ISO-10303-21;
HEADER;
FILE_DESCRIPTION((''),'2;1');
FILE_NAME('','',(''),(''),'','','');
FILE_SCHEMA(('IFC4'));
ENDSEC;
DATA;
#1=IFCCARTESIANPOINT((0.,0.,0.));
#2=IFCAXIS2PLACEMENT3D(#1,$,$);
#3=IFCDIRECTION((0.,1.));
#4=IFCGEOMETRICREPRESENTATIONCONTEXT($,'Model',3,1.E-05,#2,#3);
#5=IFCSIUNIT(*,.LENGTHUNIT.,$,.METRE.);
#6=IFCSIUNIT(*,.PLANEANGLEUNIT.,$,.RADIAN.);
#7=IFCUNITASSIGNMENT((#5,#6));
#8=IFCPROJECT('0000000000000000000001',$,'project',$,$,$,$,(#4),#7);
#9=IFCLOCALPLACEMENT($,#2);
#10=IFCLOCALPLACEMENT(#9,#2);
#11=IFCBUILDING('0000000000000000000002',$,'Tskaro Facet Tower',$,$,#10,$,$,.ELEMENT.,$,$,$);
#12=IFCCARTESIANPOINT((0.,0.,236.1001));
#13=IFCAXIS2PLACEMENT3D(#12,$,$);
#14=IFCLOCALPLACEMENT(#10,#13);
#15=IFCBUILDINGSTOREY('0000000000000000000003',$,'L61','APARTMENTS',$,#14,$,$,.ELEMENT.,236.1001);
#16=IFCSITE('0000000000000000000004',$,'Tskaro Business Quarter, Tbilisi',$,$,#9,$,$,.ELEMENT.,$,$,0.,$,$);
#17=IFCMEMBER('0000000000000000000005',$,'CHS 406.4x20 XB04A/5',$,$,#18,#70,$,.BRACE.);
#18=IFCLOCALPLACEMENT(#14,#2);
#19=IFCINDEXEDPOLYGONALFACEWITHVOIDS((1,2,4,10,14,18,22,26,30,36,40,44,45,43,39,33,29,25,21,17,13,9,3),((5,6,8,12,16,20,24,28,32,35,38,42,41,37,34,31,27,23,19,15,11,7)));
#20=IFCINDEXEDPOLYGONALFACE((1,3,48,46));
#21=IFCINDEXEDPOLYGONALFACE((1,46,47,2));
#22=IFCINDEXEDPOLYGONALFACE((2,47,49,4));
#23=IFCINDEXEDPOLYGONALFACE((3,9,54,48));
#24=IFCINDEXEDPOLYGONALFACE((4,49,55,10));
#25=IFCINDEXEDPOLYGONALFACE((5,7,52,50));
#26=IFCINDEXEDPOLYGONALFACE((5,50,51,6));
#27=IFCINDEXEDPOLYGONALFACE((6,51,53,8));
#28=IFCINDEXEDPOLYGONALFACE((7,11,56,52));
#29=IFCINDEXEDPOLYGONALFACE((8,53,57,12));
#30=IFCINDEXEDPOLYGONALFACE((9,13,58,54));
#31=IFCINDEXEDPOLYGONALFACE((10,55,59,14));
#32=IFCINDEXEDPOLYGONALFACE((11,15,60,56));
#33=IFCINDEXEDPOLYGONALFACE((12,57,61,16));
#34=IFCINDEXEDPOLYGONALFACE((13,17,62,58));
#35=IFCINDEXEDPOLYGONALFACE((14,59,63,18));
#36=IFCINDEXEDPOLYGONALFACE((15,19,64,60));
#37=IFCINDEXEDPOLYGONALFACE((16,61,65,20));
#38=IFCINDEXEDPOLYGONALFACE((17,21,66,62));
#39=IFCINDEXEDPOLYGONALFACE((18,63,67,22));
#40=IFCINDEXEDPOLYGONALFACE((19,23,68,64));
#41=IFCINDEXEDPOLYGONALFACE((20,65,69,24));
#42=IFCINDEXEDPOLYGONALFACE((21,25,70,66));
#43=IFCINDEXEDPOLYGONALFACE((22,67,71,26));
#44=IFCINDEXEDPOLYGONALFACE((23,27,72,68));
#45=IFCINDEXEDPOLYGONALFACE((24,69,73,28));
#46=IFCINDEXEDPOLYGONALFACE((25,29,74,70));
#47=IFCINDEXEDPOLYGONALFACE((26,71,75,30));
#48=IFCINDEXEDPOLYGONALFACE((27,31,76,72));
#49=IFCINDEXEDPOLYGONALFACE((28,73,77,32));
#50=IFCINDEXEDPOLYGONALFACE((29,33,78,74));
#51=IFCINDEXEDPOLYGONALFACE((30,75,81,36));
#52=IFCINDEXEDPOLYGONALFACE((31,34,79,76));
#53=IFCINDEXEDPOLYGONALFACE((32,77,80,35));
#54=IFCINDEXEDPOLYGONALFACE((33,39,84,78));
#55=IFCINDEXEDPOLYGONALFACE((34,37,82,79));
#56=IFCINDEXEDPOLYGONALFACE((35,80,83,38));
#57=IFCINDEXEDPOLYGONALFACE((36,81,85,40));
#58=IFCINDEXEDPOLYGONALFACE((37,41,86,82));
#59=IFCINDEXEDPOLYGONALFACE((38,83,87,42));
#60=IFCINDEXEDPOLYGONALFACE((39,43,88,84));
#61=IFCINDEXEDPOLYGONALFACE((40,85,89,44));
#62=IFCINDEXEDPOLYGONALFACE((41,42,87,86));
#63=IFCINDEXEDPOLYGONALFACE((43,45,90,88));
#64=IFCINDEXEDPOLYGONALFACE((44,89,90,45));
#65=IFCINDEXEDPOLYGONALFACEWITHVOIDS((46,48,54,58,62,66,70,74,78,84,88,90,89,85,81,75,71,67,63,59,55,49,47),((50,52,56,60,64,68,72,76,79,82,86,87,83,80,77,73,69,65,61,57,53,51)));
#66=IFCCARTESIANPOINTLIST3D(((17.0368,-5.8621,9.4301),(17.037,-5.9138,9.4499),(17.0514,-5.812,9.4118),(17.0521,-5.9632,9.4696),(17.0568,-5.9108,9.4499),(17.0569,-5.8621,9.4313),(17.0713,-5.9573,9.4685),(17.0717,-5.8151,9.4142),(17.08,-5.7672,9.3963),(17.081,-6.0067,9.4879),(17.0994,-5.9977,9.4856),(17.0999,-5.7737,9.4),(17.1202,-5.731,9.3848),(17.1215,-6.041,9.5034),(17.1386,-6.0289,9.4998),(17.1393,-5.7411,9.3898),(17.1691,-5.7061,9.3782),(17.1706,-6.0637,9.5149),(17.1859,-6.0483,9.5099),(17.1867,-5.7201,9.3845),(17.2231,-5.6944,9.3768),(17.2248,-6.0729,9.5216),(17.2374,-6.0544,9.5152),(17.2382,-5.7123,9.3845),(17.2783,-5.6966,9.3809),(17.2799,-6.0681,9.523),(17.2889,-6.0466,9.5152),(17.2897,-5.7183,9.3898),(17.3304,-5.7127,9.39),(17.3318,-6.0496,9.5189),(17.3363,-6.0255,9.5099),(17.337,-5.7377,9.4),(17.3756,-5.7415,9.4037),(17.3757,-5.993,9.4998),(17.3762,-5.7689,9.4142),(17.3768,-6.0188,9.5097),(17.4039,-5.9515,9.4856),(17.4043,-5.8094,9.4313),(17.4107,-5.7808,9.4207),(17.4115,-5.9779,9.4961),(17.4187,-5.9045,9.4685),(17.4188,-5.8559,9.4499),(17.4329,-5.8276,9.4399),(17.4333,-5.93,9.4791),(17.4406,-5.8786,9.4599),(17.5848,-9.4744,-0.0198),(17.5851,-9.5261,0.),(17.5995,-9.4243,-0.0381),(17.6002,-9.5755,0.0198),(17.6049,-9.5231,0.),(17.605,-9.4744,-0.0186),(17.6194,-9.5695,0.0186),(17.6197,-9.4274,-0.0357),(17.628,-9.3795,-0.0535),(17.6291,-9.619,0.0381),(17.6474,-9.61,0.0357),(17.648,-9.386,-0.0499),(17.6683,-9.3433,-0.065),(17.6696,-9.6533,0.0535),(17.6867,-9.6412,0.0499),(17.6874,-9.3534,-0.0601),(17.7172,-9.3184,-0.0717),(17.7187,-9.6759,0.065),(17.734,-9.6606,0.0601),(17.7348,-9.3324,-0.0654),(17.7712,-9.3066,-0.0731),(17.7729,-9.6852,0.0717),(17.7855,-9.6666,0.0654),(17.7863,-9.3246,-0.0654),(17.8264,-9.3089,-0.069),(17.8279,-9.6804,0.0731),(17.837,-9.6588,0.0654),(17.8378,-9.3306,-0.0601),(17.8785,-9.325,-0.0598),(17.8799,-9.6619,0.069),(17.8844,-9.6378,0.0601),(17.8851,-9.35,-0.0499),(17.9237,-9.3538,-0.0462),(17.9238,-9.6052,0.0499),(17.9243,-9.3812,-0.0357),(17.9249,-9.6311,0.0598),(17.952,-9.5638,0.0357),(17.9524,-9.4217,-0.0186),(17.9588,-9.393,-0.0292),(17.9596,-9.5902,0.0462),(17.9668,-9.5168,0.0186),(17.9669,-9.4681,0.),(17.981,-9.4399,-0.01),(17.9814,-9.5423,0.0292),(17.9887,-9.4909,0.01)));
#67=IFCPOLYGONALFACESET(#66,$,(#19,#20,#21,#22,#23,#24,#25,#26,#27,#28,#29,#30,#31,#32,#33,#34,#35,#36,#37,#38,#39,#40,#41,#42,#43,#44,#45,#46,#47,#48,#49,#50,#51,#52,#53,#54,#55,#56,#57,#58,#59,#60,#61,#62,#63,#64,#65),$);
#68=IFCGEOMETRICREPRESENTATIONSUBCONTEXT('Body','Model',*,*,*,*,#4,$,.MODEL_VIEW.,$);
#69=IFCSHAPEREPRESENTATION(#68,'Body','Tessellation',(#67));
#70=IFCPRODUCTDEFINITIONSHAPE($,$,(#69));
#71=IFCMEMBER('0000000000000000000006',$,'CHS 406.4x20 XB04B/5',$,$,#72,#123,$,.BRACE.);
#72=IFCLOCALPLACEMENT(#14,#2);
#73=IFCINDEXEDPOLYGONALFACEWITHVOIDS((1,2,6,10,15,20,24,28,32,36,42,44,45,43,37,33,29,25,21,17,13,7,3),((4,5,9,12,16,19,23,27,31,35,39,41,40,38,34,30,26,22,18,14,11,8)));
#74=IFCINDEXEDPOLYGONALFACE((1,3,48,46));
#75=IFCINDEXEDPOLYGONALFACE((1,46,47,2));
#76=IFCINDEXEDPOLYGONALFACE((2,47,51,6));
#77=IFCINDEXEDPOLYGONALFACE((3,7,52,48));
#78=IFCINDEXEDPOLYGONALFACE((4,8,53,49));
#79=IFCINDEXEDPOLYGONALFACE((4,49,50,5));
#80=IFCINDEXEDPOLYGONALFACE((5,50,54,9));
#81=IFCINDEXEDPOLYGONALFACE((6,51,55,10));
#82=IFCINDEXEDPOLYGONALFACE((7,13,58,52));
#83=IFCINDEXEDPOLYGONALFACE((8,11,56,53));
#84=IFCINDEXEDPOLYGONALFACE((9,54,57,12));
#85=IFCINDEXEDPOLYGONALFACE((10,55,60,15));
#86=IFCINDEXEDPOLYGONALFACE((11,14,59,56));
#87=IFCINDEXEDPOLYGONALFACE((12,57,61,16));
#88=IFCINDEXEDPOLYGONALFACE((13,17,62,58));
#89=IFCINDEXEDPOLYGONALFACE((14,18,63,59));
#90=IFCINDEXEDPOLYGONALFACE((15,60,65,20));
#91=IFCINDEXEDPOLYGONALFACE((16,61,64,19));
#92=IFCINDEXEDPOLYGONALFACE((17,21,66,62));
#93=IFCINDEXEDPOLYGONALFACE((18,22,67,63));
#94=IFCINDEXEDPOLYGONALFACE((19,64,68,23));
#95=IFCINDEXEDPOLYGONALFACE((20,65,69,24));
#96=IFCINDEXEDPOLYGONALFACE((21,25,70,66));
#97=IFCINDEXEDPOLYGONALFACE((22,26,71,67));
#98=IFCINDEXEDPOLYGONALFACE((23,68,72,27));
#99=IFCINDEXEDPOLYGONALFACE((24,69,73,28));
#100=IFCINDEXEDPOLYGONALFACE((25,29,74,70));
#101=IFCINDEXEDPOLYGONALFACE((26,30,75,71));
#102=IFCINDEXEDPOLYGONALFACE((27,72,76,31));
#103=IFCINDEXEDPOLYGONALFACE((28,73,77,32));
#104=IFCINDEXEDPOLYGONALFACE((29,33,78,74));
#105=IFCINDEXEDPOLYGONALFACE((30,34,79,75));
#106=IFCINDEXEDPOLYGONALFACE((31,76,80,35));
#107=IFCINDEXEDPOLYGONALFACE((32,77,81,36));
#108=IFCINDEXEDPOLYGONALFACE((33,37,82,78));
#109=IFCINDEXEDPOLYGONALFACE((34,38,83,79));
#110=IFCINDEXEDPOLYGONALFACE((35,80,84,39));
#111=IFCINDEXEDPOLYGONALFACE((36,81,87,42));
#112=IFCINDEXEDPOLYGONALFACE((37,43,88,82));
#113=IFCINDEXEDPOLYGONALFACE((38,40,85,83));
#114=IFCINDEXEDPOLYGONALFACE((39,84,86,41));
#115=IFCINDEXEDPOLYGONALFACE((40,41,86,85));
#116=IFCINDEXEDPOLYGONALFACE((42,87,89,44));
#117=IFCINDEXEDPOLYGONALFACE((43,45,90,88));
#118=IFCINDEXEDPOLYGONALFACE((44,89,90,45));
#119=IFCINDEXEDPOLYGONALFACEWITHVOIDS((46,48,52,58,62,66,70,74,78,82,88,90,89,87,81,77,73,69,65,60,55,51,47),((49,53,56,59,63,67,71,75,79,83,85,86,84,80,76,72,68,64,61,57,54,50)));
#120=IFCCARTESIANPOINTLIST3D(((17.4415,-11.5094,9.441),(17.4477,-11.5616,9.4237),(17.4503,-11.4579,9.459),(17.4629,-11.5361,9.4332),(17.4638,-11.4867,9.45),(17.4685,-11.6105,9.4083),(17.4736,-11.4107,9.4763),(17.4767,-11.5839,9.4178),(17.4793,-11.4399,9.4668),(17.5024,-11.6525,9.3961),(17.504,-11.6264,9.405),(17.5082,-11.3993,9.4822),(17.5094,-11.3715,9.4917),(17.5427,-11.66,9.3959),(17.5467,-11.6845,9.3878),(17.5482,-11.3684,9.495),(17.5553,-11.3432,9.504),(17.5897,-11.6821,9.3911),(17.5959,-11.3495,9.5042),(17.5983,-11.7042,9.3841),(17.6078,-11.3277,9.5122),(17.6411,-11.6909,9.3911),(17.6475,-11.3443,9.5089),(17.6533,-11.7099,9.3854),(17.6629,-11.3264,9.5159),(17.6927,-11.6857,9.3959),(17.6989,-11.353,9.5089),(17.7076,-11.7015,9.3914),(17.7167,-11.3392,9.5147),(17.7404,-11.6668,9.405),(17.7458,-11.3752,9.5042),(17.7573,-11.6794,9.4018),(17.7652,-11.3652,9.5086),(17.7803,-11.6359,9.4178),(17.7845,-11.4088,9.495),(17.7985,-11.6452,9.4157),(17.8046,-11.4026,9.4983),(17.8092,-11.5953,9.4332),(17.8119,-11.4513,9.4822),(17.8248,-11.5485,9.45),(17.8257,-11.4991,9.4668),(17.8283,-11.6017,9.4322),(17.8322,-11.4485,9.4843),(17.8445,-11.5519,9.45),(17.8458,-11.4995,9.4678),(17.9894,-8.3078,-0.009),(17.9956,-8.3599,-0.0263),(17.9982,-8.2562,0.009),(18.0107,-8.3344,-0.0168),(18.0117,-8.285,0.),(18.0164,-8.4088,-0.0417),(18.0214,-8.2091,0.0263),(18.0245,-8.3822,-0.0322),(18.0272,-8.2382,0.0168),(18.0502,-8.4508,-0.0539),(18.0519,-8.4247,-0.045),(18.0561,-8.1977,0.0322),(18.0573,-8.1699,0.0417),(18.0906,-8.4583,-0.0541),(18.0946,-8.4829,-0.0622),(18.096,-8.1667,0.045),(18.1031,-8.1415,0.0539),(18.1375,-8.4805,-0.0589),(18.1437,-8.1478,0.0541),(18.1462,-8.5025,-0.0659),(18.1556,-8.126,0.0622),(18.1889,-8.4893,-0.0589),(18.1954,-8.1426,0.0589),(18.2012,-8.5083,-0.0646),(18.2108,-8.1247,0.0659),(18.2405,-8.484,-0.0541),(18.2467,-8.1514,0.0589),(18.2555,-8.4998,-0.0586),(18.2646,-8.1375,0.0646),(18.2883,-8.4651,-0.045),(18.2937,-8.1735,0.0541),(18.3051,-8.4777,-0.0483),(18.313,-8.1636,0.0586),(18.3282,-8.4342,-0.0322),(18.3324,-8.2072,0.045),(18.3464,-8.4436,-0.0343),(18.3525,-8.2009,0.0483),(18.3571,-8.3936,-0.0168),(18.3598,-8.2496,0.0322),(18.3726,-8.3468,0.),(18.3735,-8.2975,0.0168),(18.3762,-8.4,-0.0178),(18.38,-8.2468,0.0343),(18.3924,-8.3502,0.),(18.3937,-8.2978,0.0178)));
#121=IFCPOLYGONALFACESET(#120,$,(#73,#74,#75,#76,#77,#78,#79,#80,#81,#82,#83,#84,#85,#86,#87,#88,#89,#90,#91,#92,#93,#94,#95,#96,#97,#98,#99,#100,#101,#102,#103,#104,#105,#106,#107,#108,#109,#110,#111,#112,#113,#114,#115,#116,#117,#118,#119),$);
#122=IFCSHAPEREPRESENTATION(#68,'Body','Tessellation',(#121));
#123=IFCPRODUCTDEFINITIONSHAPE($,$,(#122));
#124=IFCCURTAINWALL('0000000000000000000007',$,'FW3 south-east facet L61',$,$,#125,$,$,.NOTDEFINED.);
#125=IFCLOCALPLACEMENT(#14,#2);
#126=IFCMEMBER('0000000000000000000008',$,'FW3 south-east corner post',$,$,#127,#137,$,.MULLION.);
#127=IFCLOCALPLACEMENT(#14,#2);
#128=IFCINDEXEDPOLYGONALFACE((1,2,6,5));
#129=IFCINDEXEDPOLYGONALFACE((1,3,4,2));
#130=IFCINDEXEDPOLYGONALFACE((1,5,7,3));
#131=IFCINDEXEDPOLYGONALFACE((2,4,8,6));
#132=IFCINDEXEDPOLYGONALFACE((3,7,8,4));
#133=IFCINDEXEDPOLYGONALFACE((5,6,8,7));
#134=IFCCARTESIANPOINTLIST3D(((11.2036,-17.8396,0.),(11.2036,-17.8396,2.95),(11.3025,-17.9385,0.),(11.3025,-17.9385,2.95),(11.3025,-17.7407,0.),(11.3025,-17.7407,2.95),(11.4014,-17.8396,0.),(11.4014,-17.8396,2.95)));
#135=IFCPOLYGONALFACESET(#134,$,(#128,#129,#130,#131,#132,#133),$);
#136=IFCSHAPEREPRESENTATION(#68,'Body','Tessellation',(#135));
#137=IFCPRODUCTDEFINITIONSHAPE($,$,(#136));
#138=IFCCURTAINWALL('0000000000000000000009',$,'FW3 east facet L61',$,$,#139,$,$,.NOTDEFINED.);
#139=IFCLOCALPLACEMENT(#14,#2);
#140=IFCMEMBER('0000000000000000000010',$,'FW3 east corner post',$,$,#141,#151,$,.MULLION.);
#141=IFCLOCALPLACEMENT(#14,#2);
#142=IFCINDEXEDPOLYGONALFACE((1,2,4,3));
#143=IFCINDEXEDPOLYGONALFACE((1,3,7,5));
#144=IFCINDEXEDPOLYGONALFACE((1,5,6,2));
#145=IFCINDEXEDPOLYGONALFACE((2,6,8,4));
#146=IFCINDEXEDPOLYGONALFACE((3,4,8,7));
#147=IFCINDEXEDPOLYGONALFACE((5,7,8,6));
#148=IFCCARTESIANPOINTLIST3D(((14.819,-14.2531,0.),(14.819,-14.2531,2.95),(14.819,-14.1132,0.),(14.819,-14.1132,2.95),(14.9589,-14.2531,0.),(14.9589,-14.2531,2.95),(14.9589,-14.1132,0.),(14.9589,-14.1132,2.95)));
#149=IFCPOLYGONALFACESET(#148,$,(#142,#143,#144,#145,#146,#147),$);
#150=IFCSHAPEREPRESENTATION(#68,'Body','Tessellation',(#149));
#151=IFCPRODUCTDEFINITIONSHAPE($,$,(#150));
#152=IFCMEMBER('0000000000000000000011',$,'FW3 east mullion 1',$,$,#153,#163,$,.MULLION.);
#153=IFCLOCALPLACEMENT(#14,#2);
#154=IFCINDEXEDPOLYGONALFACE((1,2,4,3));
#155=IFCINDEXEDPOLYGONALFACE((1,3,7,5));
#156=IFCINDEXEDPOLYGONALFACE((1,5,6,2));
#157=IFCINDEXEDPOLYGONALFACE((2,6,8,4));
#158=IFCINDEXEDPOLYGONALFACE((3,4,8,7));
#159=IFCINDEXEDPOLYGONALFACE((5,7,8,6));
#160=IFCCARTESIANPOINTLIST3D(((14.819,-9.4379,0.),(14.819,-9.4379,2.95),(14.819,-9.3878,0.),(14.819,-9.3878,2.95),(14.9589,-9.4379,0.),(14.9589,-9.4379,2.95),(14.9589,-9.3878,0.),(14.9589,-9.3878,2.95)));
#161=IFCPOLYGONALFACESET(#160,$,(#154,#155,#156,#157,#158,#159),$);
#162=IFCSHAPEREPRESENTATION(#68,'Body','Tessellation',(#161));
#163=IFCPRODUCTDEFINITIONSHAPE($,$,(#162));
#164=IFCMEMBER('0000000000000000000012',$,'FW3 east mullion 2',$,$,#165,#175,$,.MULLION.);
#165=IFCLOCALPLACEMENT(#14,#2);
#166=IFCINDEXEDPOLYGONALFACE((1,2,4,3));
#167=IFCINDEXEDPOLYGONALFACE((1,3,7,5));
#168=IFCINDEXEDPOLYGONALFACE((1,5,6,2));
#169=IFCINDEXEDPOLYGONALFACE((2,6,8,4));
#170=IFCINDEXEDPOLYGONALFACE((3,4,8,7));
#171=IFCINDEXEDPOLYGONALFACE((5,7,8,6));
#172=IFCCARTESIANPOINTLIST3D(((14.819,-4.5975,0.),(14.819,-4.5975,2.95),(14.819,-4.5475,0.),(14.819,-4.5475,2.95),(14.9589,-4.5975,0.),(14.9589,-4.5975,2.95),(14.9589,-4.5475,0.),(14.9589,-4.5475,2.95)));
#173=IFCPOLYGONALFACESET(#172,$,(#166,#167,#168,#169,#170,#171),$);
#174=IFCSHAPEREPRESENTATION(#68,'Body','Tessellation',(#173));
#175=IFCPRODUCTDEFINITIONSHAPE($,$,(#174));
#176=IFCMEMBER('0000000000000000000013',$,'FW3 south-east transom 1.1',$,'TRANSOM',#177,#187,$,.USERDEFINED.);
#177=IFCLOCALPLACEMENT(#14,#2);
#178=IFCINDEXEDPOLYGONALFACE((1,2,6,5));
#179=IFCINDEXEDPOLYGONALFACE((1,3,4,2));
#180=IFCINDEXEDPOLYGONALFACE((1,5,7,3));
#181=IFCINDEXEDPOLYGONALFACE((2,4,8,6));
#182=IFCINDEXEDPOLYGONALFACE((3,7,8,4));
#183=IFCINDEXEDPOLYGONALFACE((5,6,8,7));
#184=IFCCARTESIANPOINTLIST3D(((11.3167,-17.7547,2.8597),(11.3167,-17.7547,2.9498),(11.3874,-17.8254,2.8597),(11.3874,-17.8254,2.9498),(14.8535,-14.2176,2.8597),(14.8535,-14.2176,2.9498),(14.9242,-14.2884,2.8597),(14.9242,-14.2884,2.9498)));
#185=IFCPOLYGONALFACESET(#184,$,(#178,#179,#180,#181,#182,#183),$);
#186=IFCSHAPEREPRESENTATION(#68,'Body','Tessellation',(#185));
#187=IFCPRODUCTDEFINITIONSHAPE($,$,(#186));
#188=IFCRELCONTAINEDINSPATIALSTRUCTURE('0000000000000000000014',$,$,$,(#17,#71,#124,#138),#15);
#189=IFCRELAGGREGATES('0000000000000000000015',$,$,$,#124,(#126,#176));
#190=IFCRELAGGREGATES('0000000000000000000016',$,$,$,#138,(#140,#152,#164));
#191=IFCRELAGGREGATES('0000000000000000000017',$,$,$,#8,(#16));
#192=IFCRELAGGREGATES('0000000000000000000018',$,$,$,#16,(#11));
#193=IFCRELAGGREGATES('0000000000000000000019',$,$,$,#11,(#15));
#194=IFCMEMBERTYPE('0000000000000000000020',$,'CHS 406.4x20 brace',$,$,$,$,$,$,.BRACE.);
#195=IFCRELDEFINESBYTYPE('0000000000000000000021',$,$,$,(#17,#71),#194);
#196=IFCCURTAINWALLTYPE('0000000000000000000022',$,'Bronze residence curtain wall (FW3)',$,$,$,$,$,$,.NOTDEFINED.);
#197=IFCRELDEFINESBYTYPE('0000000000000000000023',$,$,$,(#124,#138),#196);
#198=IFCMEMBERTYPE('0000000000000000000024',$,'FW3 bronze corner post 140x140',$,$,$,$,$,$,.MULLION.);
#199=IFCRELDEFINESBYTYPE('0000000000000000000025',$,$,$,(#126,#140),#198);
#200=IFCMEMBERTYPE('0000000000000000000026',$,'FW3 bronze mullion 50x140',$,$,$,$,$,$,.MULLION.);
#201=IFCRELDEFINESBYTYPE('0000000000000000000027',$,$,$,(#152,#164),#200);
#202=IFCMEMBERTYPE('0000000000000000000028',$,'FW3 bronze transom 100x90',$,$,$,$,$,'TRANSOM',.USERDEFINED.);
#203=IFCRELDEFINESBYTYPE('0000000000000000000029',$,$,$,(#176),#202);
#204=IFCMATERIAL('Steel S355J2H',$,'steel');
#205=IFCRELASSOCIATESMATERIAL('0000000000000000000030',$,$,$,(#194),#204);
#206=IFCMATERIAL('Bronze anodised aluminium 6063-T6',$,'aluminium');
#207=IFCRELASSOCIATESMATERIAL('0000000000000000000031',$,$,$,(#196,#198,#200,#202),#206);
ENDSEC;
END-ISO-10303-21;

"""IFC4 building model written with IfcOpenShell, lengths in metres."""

from ifc_helpers import new_model, si_unit, direction, frame, origin, origin_2d, place, context, subcontext, project, spatial, rectangle, hollow_circle, extrude, material, material_profile, profile_set, type_object, element, aggregate, save


model = new_model("IFC4")

# Units and contexts
model_context = context("Model", 3, precision=1e-05, world=origin(), true_north=direction((0.0, 1.0)))
body_context = subcontext(model_context, "Body", "Model", "MODEL_VIEW")
ifc_project = project(units=[si_unit("LENGTHUNIT", "METRE"), si_unit("PLANEANGLEUNIT", "RADIAN")], contexts=[model_context])

# Site, building, storey
site_placement = place(None, origin())
site = spatial("IfcSite", under=ifc_project, at=site_placement, Name="Tskaro Business Quarter, Tbilisi", CompositionType="ELEMENT", RefElevation=0.0)
building_placement = place(site_placement, origin())
building = spatial("IfcBuilding", under=site, at=building_placement, Name="Tskaro Facet Tower", CompositionType="ELEMENT")
storey_placement = place(building_placement, frame((0.0, 0.0, 236.1001)))
storey = spatial("IfcBuildingStorey", under=building, at=storey_placement, Name="L61", Description="APARTMENTS", CompositionType="ELEMENT", Elevation=236.1001)

# Shared definitions
ifc_material_1 = material(Name="Steel S355J2H", Category="steel")

# Members
ifc_material_profile_1 = material_profile(ifc_material_1, hollow_circle(Radius=0.2031, WallThickness=0.02, at=origin_2d()), Name="CHS 406.4x20")
ifc_profile_set_1 = profile_set([ifc_material_profile_1], Name="Steel S355J2H")
member_type_1 = type_object("IfcMemberType", Name="CHS 406.4x20 brace", PredefinedType="BRACE", material=ifc_profile_set_1)
member_1_placement = place(storey_placement, frame((17.7859, -9.4956, 0.0), z_axis=(-0.054097, 0.356536, 0.932714), x_axis=(-0.988684, -0.150013, 0.0)))
element("IfcMember", 1, at=member_1_placement, inside=storey, type_object=member_type_1, Name="CHS 406.4x20 XB04A/5", PredefinedType="BRACE", context=body_context, shape_type="SweptSolid", body=[
    extrude(hollow_circle(Radius=0.2031, WallThickness=0.02, at=origin_2d()), origin(), (0.0, 0.0, 1.0), 10.1316),
])
member_2_placement = place(storey_placement, frame((18.1921, -8.3159, 0.0), z_axis=(-0.054826, -0.320403, 0.945694), x_axis=(0.985674, -0.168663, 0.0)))
element("IfcMember", 2, at=member_2_placement, inside=storey, type_object=member_type_1, Name="CHS 406.4x20 XB04B/5", PredefinedType="BRACE", context=body_context, shape_type="SweptSolid", body=[
    extrude(hollow_circle(Radius=0.2031, WallThickness=0.02, at=origin_2d()), origin(), (0.0, 0.0, 1.0), 9.9927),
])

# Curtain wall, member
ifc_material_2 = material(Name="Bronze anodised aluminium 6063-T6", Category="aluminium")
curtain_wall_type = type_object("IfcCurtainWallType", Name="Bronze residence curtain wall (FW3)", PredefinedType="NOTDEFINED", material=ifc_material_2)
curtain_wall_1_placement = place(storey_placement, origin())
curtain_wall_1 = element("IfcCurtainWall", 3, at=curtain_wall_1_placement, inside=storey, type_object=curtain_wall_type, Name="FW3 south-east facet L61", PredefinedType="NOTDEFINED")
ifc_material_profile_2 = material_profile(ifc_material_2, rectangle(XDim=0.1399, YDim=0.1399, at=origin_2d()), Name="Corner post 140x140")
ifc_profile_set_2 = profile_set([ifc_material_profile_2], Name="Bronze anodised aluminium 6063-T6")
member_type_2 = type_object("IfcMemberType", Name="FW3 bronze corner post 140x140", PredefinedType="MULLION", material=ifc_profile_set_2)
member_3_placement = place(storey_placement, frame((11.3025, -17.8396, 0.0), z_axis=(0.0, 0.0, 1.0), x_axis=(0.707107, 0.707107, 0.0)))
member_3 = element("IfcMember", 4, at=member_3_placement, type_object=member_type_2, Name="FW3 south-east corner post", PredefinedType="MULLION", context=body_context, shape_type="SweptSolid", body=[
    extrude(rectangle(XDim=0.1399, YDim=0.1399, at=origin_2d()), origin(), (0.0, 0.0, 1.0), 2.95),
])

# Curtain wall, members
curtain_wall_2_placement = place(storey_placement, origin())
curtain_wall_2 = element("IfcCurtainWall", 5, at=curtain_wall_2_placement, inside=storey, type_object=curtain_wall_type, Name="FW3 east facet L61", PredefinedType="NOTDEFINED")
member_4_placement = place(storey_placement, frame((14.8889, -14.1831, 0.0), z_axis=(0.0, 0.0, 1.0), x_axis=(0.0, 1.0, 0.0)))
member_4 = element("IfcMember", 6, at=member_4_placement, type_object=member_type_2, Name="FW3 east corner post", PredefinedType="MULLION", context=body_context, shape_type="SweptSolid", body=[
    extrude(rectangle(XDim=0.1399, YDim=0.1399, at=origin_2d()), origin(), (0.0, 0.0, 1.0), 2.95),
])
ifc_material_profile_3 = material_profile(ifc_material_2, rectangle(XDim=0.05, YDim=0.1399, at=origin_2d()), Name="Mullion 50x140")
ifc_profile_set_3 = profile_set([ifc_material_profile_3], Name="Bronze anodised aluminium 6063-T6")
member_type_3 = type_object("IfcMemberType", Name="FW3 bronze mullion 50x140", PredefinedType="MULLION", material=ifc_profile_set_3)
member_5_placement = place(storey_placement, frame((14.8889, -9.4128, 0.0), z_axis=(0.0, 0.0, 1.0), x_axis=(0.0, 1.0, 0.0)))
member_5 = element("IfcMember", 7, at=member_5_placement, type_object=member_type_3, Name="FW3 east mullion 1", PredefinedType="MULLION", context=body_context, shape_type="SweptSolid", body=[
    extrude(rectangle(XDim=0.05, YDim=0.1399, at=origin_2d()), origin(), (0.0, 0.0, 1.0), 2.95),
])
member_6_placement = place(storey_placement, frame((14.8889, -4.5725, 0.0), z_axis=(0.0, 0.0, 1.0), x_axis=(0.0, 1.0, 0.0)))
member_6 = element("IfcMember", 8, at=member_6_placement, type_object=member_type_3, Name="FW3 east mullion 2", PredefinedType="MULLION", context=body_context, shape_type="SweptSolid", body=[
    extrude(rectangle(XDim=0.05, YDim=0.1399, at=origin_2d()), origin(), (0.0, 0.0, 1.0), 2.95),
])

# Member
ifc_material_profile_4 = material_profile(ifc_material_2, rectangle(XDim=0.1001, YDim=0.0901, at=origin_2d()), Name="Transom 100x90")
ifc_profile_set_4 = profile_set([ifc_material_profile_4], Name="Bronze anodised aluminium 6063-T6")
member_type_4 = type_object("IfcMemberType", Name="FW3 bronze transom 100x90", ElementType="TRANSOM", PredefinedType="USERDEFINED", material=ifc_profile_set_4)
member_7_placement = place(storey_placement, frame((11.3521, -17.79, 2.9048), z_axis=(0.707082, 0.707131, 0.0), x_axis=(-0.707131, 0.707082, 0.0)))
member_7 = element("IfcMember", 9, at=member_7_placement, type_object=member_type_4, Name="FW3 south-east transom 1.1", ObjectType="TRANSOM", PredefinedType="USERDEFINED", context=body_context, shape_type="SweptSolid", body=[
    extrude(rectangle(XDim=0.1001, YDim=0.0901, at=origin_2d()), origin(), (0.0, 0.0, 1.0), 5.002),
])

aggregate(curtain_wall_1, [member_3, member_7])
aggregate(curtain_wall_2, [member_4, member_5, member_6])

save(model, "model.ifc")
